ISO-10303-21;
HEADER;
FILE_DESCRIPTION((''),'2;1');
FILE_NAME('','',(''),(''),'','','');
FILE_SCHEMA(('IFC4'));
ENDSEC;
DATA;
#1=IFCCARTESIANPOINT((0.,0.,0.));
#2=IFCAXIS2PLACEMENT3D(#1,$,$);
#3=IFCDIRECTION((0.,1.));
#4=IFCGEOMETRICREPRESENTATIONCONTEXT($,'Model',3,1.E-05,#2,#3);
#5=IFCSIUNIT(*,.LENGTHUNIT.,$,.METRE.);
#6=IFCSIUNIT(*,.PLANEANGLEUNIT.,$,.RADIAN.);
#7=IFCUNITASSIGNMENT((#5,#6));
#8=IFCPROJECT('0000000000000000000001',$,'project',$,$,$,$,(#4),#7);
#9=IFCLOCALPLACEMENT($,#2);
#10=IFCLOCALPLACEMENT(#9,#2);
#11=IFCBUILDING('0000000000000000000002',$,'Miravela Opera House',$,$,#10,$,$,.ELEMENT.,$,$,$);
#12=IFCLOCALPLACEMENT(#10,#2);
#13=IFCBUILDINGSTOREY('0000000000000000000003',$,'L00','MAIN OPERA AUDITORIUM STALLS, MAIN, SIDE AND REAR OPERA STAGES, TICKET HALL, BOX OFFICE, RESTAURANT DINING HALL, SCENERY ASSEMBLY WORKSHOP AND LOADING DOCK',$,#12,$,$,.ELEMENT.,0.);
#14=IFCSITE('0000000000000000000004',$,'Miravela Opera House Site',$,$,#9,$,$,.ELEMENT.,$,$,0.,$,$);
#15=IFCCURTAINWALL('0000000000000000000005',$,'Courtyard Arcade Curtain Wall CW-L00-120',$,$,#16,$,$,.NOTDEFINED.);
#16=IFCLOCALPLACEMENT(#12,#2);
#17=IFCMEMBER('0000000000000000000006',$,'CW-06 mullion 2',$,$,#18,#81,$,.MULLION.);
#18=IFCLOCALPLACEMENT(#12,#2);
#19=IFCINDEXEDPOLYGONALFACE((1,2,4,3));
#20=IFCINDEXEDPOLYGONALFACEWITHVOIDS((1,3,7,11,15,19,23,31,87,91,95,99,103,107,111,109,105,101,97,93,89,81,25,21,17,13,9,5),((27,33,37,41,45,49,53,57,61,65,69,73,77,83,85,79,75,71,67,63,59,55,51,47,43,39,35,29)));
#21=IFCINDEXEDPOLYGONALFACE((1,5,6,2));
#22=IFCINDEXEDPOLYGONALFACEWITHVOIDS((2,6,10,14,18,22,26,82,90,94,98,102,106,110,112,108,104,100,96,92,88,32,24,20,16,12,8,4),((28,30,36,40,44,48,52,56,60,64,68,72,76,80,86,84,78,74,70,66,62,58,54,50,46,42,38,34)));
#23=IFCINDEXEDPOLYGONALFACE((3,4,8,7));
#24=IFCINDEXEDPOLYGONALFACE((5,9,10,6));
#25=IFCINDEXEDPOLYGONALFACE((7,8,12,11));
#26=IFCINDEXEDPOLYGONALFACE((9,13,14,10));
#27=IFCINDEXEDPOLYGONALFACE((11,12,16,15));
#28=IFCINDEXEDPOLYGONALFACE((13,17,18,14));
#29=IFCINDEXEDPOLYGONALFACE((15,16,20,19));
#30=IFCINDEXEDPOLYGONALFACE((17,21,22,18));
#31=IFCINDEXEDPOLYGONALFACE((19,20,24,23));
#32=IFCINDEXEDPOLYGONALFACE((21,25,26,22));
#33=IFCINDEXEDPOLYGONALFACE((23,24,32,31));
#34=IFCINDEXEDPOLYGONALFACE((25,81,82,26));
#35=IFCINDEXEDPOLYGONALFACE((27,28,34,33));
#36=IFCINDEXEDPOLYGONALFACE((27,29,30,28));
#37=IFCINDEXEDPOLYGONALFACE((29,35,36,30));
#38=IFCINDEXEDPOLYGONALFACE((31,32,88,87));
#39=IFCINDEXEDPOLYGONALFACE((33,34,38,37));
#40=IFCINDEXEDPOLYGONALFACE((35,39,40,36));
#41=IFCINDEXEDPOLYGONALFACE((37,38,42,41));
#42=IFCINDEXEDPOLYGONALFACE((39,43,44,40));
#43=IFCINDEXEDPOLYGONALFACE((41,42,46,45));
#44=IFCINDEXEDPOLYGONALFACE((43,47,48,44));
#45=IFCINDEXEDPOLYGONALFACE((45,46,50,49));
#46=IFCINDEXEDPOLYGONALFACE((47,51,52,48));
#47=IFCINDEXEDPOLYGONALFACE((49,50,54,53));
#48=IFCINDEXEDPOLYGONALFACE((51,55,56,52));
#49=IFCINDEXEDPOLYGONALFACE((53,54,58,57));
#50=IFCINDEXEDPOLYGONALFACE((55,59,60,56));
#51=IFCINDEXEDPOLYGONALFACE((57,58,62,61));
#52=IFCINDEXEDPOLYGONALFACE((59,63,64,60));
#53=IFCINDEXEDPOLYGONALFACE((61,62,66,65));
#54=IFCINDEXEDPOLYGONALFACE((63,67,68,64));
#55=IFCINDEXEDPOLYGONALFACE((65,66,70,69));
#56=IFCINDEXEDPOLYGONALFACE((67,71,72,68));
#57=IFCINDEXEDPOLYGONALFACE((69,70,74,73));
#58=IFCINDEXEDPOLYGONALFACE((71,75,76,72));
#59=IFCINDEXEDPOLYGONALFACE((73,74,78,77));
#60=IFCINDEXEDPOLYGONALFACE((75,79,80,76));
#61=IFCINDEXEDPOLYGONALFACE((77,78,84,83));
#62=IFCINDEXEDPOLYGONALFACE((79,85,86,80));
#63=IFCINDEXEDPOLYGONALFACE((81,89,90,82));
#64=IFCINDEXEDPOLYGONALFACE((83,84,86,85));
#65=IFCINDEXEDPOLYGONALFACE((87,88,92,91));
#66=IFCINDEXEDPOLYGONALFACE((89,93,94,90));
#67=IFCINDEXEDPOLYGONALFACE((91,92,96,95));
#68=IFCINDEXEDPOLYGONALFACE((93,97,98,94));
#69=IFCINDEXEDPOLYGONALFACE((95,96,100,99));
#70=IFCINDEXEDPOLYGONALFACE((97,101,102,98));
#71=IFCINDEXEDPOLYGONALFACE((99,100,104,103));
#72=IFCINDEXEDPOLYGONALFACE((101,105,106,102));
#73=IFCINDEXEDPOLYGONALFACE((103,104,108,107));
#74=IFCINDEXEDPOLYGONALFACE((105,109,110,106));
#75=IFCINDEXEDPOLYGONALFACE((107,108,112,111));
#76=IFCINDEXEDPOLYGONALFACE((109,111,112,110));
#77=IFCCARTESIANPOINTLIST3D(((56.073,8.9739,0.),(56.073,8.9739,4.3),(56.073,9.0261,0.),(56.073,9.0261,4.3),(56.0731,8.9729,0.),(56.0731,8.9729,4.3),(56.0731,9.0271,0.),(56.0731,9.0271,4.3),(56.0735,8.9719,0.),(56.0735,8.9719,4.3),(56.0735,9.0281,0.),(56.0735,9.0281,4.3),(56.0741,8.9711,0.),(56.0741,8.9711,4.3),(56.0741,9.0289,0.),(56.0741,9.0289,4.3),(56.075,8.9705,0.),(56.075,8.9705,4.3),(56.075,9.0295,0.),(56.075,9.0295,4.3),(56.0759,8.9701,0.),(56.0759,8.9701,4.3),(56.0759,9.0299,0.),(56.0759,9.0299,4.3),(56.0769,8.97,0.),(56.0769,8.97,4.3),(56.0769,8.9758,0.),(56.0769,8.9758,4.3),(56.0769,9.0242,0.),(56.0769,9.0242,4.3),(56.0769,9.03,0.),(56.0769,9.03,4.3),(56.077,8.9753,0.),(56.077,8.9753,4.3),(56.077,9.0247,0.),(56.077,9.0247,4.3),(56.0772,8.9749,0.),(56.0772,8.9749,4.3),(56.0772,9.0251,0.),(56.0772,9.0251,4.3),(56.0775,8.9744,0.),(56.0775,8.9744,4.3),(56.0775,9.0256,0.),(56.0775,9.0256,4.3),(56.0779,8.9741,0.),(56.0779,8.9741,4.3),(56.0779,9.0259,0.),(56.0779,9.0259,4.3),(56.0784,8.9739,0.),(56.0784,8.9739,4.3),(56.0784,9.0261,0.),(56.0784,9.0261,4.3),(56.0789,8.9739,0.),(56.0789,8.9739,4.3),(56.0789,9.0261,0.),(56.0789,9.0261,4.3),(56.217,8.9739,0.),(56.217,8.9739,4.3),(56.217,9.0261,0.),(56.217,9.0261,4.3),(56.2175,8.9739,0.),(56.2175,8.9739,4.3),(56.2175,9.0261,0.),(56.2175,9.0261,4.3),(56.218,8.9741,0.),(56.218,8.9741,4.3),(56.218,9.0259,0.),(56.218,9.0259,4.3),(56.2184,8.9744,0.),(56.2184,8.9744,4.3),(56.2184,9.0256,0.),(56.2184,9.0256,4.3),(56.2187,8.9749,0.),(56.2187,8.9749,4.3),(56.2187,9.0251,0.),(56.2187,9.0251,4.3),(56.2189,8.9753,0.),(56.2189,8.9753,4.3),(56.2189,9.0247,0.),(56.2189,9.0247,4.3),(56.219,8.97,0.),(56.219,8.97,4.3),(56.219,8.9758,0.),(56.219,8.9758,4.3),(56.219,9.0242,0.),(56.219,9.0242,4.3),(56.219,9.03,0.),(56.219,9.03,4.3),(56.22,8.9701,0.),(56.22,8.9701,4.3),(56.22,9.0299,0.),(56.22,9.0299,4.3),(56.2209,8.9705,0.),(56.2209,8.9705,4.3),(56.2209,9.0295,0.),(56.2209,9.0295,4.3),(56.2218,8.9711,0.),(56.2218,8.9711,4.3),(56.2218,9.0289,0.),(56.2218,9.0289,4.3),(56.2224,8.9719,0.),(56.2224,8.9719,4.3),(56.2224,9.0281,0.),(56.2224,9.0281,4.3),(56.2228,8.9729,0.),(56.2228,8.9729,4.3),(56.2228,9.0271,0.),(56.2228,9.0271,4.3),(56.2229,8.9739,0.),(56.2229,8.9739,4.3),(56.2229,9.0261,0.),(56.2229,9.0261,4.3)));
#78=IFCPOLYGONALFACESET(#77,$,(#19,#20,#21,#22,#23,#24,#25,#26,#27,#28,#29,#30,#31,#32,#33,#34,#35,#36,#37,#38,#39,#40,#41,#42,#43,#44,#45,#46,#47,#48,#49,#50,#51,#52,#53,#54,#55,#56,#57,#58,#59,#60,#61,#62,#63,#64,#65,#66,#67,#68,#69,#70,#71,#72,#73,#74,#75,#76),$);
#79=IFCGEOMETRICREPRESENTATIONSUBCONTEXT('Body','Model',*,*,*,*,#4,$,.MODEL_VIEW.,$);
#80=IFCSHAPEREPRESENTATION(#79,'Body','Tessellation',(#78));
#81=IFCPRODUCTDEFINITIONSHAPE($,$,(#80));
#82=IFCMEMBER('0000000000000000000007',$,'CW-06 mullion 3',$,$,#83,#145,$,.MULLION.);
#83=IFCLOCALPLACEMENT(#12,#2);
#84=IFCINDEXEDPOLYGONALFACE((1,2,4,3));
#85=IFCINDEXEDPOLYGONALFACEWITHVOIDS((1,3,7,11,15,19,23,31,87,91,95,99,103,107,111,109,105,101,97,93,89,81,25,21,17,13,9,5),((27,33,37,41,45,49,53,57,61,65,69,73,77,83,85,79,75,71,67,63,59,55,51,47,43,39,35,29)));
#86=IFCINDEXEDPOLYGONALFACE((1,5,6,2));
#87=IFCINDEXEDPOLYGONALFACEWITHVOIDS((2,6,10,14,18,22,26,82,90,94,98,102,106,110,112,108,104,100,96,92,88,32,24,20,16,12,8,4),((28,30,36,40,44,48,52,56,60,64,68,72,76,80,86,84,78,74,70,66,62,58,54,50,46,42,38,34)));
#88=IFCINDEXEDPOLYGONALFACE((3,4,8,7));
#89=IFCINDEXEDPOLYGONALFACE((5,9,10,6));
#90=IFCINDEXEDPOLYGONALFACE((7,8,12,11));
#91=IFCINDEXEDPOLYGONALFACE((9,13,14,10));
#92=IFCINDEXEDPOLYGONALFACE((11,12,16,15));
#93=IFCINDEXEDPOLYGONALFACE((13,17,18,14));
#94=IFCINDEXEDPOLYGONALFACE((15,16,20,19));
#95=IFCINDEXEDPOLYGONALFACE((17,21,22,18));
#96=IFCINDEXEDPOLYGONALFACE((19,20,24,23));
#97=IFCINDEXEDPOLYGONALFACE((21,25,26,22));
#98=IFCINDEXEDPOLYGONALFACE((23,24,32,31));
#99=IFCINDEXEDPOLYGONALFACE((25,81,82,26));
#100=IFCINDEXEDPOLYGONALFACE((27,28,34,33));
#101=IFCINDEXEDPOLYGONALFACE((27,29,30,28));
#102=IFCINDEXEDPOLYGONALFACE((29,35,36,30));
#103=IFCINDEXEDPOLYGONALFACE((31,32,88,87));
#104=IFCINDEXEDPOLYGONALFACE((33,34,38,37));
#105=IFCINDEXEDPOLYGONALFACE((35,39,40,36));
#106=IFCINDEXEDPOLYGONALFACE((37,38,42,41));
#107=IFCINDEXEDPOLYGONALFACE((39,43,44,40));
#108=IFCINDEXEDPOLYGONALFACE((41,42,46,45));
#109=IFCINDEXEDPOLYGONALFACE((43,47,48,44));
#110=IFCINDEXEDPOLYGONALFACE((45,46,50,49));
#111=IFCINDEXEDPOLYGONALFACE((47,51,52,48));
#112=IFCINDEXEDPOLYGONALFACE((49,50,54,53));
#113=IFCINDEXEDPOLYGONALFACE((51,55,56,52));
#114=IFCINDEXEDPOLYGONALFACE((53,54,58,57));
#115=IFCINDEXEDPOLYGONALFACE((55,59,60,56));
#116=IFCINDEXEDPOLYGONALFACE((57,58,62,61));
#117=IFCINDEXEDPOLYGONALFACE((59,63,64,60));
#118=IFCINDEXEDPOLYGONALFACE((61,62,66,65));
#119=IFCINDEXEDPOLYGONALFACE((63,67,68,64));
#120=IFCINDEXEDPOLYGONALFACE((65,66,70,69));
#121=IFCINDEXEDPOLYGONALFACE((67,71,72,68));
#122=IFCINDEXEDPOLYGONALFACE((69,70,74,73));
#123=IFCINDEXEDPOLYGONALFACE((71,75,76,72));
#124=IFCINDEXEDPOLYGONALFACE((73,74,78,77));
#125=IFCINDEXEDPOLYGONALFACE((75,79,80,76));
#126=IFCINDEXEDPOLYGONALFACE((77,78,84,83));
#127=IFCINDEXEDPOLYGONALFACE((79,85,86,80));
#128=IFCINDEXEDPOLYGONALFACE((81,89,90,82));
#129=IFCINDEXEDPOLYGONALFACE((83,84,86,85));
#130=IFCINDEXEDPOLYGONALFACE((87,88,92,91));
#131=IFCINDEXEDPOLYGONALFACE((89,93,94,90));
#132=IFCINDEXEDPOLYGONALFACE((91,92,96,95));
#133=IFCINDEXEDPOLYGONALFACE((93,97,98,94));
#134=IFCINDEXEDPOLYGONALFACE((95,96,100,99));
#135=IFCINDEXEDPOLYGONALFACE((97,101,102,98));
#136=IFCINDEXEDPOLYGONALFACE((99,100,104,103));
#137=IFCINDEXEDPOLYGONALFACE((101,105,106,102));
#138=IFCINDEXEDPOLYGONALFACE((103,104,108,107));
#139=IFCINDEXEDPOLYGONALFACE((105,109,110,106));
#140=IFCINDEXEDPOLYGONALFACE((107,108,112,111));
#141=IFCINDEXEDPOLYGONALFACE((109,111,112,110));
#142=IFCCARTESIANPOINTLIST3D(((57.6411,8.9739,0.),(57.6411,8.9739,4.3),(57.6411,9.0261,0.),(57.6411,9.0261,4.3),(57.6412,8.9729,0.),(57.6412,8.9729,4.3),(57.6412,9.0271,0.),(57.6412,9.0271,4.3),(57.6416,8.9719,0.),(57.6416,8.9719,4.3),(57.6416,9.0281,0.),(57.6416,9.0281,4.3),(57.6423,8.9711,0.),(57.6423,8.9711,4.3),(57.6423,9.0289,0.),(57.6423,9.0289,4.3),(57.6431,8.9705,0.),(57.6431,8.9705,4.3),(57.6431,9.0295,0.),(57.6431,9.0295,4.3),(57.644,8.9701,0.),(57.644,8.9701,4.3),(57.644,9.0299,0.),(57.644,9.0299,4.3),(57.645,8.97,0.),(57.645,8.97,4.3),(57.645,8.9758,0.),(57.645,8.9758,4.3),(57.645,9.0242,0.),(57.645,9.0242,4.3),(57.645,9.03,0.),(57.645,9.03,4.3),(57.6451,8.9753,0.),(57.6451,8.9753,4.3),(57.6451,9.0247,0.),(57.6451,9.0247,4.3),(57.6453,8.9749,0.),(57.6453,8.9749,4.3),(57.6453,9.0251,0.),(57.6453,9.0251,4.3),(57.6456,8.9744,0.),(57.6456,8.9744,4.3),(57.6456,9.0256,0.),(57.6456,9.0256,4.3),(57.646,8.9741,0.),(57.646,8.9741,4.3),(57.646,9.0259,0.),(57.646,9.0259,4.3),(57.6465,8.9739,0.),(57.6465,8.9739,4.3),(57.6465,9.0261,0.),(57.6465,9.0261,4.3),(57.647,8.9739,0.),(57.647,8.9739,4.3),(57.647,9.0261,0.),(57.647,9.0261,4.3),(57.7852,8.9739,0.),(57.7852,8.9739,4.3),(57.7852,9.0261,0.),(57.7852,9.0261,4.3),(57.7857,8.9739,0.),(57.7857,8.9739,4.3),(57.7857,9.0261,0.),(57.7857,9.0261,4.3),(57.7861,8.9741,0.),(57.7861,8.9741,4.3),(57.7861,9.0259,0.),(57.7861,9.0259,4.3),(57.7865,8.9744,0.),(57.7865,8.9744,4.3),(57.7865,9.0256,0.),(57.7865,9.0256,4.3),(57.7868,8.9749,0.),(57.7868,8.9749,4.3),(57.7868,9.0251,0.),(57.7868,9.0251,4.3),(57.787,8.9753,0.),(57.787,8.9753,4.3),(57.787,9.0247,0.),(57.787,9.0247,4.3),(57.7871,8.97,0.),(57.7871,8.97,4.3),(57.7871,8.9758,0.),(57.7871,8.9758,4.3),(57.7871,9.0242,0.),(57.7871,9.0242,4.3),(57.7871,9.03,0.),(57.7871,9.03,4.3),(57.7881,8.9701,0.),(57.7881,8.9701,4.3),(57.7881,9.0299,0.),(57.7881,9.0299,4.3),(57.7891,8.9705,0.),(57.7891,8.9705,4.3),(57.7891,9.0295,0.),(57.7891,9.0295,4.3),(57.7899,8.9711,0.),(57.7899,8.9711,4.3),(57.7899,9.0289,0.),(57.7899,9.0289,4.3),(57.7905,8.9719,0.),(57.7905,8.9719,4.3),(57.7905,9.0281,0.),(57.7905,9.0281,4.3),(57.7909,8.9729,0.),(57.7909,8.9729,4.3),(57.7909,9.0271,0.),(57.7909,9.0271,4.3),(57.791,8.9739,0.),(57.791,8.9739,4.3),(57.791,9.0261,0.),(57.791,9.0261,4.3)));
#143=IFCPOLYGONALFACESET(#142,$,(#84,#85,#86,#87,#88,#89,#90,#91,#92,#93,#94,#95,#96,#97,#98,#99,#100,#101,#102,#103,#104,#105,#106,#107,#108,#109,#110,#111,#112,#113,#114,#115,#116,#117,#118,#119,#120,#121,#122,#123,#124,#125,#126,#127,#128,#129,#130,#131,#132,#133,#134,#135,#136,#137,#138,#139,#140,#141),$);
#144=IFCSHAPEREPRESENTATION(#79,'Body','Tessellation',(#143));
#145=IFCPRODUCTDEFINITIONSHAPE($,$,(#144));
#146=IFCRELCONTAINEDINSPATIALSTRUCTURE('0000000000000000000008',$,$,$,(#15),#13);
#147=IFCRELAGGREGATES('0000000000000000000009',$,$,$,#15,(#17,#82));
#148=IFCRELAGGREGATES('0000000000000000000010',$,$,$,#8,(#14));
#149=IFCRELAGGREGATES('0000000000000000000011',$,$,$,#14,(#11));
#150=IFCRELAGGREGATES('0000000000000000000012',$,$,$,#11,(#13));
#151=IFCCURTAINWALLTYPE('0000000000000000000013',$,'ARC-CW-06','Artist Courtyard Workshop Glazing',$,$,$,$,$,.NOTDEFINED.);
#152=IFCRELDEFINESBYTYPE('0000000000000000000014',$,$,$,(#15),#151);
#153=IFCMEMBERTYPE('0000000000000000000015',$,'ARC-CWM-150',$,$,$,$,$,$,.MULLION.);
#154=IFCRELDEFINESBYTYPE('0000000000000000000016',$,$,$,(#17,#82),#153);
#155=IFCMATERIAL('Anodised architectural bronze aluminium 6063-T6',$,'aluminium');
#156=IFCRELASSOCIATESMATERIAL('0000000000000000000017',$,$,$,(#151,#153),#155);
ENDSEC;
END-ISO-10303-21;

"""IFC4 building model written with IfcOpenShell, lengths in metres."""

from ifc_helpers import new_model, si_unit, direction, frame, origin, origin_2d, place, context, subcontext, project, spatial, hollow_rectangle, extrude, material, material_profile, profile_set, type_object, element, aggregate, save


model = new_model("IFC4")

# Units and contexts
model_context = context("Model", 3, precision=1e-05, world=origin(), true_north=direction((0.0, 1.0)))
body_context = subcontext(model_context, "Body", "Model", "MODEL_VIEW")
ifc_project = project(units=[si_unit("LENGTHUNIT", "METRE"), si_unit("PLANEANGLEUNIT", "RADIAN")], contexts=[model_context])

# Site, building, storey
site_placement = place(None, origin())
site = spatial("IfcSite", under=ifc_project, at=site_placement, Name="Miravela Opera House Site", CompositionType="ELEMENT", RefElevation=0.0)
building_placement = place(site_placement, origin())
building = spatial("IfcBuilding", under=site, at=building_placement, Name="Miravela Opera House", CompositionType="ELEMENT")
storey_placement = place(building_placement, origin())
storey = spatial("IfcBuildingStorey", under=building, at=storey_placement, Name="L00", Description="MAIN OPERA AUDITORIUM STALLS, MAIN, SIDE AND REAR OPERA STAGES, TICKET HALL, BOX OFFICE, RESTAURANT DINING HALL, SCENERY ASSEMBLY WORKSHOP AND LOADING DOCK", CompositionType="ELEMENT", Elevation=0.0)

# Shared definitions
ifc_material_1 = material(Name="Anodised architectural bronze aluminium 6063-T6", Category="aluminium")
curtain_wall_type = type_object("IfcCurtainWallType", Name="ARC-CW-06", Description="Artist Courtyard Workshop Glazing", PredefinedType="NOTDEFINED", material=ifc_material_1)
ifc_material_profile_1 = material_profile(ifc_material_1, hollow_rectangle(XDim=0.0601, YDim=0.1499, WallThickness=0.0039, InnerFilletRadius=0.002, OuterFilletRadius=0.0039, at=origin_2d()), Name="CWM-60X150")
ifc_profile_set_1 = profile_set([ifc_material_profile_1])
member_type_1 = type_object("IfcMemberType", Name="ARC-CWM-150", PredefinedType="MULLION", material=ifc_profile_set_1)

# Curtain wall, members
curtain_wall_1_placement = place(storey_placement, origin())
curtain_wall_1 = element("IfcCurtainWall", 1, at=curtain_wall_1_placement, inside=storey, type_object=curtain_wall_type, Name="Courtyard Arcade Curtain Wall CW-L00-120", PredefinedType="NOTDEFINED")
member_1_placement = place(storey_placement, frame((56.1479, 9.0, 0.0), z_axis=(0.0, 0.0, 1.0), x_axis=(0.0, 1.0, 0.0)))
member_1 = element("IfcMember", 2, at=member_1_placement, type_object=member_type_1, Name="CW-06 mullion 2", PredefinedType="MULLION", context=body_context, shape_type="SweptSolid", body=[
    extrude(hollow_rectangle(XDim=0.0601, YDim=0.1499, WallThickness=0.0039, InnerFilletRadius=0.002, OuterFilletRadius=0.0039, at=origin_2d()), origin(), (0.0, 0.0, 1.0), 4.3),
])
member_2_placement = place(storey_placement, frame((57.7161, 9.0, 0.0), z_axis=(0.0, 0.0, 1.0), x_axis=(0.0, 1.0, 0.0)))
member_2 = element("IfcMember", 3, at=member_2_placement, type_object=member_type_1, Name="CW-06 mullion 3", PredefinedType="MULLION", context=body_context, shape_type="SweptSolid", body=[
    extrude(hollow_rectangle(XDim=0.0601, YDim=0.1499, WallThickness=0.0039, InnerFilletRadius=0.002, OuterFilletRadius=0.0039, at=origin_2d()), origin(), (0.0, 0.0, 1.0), 4.3),
])

aggregate(curtain_wall_1, [member_1, member_2])

save(model, "model.ifc")
